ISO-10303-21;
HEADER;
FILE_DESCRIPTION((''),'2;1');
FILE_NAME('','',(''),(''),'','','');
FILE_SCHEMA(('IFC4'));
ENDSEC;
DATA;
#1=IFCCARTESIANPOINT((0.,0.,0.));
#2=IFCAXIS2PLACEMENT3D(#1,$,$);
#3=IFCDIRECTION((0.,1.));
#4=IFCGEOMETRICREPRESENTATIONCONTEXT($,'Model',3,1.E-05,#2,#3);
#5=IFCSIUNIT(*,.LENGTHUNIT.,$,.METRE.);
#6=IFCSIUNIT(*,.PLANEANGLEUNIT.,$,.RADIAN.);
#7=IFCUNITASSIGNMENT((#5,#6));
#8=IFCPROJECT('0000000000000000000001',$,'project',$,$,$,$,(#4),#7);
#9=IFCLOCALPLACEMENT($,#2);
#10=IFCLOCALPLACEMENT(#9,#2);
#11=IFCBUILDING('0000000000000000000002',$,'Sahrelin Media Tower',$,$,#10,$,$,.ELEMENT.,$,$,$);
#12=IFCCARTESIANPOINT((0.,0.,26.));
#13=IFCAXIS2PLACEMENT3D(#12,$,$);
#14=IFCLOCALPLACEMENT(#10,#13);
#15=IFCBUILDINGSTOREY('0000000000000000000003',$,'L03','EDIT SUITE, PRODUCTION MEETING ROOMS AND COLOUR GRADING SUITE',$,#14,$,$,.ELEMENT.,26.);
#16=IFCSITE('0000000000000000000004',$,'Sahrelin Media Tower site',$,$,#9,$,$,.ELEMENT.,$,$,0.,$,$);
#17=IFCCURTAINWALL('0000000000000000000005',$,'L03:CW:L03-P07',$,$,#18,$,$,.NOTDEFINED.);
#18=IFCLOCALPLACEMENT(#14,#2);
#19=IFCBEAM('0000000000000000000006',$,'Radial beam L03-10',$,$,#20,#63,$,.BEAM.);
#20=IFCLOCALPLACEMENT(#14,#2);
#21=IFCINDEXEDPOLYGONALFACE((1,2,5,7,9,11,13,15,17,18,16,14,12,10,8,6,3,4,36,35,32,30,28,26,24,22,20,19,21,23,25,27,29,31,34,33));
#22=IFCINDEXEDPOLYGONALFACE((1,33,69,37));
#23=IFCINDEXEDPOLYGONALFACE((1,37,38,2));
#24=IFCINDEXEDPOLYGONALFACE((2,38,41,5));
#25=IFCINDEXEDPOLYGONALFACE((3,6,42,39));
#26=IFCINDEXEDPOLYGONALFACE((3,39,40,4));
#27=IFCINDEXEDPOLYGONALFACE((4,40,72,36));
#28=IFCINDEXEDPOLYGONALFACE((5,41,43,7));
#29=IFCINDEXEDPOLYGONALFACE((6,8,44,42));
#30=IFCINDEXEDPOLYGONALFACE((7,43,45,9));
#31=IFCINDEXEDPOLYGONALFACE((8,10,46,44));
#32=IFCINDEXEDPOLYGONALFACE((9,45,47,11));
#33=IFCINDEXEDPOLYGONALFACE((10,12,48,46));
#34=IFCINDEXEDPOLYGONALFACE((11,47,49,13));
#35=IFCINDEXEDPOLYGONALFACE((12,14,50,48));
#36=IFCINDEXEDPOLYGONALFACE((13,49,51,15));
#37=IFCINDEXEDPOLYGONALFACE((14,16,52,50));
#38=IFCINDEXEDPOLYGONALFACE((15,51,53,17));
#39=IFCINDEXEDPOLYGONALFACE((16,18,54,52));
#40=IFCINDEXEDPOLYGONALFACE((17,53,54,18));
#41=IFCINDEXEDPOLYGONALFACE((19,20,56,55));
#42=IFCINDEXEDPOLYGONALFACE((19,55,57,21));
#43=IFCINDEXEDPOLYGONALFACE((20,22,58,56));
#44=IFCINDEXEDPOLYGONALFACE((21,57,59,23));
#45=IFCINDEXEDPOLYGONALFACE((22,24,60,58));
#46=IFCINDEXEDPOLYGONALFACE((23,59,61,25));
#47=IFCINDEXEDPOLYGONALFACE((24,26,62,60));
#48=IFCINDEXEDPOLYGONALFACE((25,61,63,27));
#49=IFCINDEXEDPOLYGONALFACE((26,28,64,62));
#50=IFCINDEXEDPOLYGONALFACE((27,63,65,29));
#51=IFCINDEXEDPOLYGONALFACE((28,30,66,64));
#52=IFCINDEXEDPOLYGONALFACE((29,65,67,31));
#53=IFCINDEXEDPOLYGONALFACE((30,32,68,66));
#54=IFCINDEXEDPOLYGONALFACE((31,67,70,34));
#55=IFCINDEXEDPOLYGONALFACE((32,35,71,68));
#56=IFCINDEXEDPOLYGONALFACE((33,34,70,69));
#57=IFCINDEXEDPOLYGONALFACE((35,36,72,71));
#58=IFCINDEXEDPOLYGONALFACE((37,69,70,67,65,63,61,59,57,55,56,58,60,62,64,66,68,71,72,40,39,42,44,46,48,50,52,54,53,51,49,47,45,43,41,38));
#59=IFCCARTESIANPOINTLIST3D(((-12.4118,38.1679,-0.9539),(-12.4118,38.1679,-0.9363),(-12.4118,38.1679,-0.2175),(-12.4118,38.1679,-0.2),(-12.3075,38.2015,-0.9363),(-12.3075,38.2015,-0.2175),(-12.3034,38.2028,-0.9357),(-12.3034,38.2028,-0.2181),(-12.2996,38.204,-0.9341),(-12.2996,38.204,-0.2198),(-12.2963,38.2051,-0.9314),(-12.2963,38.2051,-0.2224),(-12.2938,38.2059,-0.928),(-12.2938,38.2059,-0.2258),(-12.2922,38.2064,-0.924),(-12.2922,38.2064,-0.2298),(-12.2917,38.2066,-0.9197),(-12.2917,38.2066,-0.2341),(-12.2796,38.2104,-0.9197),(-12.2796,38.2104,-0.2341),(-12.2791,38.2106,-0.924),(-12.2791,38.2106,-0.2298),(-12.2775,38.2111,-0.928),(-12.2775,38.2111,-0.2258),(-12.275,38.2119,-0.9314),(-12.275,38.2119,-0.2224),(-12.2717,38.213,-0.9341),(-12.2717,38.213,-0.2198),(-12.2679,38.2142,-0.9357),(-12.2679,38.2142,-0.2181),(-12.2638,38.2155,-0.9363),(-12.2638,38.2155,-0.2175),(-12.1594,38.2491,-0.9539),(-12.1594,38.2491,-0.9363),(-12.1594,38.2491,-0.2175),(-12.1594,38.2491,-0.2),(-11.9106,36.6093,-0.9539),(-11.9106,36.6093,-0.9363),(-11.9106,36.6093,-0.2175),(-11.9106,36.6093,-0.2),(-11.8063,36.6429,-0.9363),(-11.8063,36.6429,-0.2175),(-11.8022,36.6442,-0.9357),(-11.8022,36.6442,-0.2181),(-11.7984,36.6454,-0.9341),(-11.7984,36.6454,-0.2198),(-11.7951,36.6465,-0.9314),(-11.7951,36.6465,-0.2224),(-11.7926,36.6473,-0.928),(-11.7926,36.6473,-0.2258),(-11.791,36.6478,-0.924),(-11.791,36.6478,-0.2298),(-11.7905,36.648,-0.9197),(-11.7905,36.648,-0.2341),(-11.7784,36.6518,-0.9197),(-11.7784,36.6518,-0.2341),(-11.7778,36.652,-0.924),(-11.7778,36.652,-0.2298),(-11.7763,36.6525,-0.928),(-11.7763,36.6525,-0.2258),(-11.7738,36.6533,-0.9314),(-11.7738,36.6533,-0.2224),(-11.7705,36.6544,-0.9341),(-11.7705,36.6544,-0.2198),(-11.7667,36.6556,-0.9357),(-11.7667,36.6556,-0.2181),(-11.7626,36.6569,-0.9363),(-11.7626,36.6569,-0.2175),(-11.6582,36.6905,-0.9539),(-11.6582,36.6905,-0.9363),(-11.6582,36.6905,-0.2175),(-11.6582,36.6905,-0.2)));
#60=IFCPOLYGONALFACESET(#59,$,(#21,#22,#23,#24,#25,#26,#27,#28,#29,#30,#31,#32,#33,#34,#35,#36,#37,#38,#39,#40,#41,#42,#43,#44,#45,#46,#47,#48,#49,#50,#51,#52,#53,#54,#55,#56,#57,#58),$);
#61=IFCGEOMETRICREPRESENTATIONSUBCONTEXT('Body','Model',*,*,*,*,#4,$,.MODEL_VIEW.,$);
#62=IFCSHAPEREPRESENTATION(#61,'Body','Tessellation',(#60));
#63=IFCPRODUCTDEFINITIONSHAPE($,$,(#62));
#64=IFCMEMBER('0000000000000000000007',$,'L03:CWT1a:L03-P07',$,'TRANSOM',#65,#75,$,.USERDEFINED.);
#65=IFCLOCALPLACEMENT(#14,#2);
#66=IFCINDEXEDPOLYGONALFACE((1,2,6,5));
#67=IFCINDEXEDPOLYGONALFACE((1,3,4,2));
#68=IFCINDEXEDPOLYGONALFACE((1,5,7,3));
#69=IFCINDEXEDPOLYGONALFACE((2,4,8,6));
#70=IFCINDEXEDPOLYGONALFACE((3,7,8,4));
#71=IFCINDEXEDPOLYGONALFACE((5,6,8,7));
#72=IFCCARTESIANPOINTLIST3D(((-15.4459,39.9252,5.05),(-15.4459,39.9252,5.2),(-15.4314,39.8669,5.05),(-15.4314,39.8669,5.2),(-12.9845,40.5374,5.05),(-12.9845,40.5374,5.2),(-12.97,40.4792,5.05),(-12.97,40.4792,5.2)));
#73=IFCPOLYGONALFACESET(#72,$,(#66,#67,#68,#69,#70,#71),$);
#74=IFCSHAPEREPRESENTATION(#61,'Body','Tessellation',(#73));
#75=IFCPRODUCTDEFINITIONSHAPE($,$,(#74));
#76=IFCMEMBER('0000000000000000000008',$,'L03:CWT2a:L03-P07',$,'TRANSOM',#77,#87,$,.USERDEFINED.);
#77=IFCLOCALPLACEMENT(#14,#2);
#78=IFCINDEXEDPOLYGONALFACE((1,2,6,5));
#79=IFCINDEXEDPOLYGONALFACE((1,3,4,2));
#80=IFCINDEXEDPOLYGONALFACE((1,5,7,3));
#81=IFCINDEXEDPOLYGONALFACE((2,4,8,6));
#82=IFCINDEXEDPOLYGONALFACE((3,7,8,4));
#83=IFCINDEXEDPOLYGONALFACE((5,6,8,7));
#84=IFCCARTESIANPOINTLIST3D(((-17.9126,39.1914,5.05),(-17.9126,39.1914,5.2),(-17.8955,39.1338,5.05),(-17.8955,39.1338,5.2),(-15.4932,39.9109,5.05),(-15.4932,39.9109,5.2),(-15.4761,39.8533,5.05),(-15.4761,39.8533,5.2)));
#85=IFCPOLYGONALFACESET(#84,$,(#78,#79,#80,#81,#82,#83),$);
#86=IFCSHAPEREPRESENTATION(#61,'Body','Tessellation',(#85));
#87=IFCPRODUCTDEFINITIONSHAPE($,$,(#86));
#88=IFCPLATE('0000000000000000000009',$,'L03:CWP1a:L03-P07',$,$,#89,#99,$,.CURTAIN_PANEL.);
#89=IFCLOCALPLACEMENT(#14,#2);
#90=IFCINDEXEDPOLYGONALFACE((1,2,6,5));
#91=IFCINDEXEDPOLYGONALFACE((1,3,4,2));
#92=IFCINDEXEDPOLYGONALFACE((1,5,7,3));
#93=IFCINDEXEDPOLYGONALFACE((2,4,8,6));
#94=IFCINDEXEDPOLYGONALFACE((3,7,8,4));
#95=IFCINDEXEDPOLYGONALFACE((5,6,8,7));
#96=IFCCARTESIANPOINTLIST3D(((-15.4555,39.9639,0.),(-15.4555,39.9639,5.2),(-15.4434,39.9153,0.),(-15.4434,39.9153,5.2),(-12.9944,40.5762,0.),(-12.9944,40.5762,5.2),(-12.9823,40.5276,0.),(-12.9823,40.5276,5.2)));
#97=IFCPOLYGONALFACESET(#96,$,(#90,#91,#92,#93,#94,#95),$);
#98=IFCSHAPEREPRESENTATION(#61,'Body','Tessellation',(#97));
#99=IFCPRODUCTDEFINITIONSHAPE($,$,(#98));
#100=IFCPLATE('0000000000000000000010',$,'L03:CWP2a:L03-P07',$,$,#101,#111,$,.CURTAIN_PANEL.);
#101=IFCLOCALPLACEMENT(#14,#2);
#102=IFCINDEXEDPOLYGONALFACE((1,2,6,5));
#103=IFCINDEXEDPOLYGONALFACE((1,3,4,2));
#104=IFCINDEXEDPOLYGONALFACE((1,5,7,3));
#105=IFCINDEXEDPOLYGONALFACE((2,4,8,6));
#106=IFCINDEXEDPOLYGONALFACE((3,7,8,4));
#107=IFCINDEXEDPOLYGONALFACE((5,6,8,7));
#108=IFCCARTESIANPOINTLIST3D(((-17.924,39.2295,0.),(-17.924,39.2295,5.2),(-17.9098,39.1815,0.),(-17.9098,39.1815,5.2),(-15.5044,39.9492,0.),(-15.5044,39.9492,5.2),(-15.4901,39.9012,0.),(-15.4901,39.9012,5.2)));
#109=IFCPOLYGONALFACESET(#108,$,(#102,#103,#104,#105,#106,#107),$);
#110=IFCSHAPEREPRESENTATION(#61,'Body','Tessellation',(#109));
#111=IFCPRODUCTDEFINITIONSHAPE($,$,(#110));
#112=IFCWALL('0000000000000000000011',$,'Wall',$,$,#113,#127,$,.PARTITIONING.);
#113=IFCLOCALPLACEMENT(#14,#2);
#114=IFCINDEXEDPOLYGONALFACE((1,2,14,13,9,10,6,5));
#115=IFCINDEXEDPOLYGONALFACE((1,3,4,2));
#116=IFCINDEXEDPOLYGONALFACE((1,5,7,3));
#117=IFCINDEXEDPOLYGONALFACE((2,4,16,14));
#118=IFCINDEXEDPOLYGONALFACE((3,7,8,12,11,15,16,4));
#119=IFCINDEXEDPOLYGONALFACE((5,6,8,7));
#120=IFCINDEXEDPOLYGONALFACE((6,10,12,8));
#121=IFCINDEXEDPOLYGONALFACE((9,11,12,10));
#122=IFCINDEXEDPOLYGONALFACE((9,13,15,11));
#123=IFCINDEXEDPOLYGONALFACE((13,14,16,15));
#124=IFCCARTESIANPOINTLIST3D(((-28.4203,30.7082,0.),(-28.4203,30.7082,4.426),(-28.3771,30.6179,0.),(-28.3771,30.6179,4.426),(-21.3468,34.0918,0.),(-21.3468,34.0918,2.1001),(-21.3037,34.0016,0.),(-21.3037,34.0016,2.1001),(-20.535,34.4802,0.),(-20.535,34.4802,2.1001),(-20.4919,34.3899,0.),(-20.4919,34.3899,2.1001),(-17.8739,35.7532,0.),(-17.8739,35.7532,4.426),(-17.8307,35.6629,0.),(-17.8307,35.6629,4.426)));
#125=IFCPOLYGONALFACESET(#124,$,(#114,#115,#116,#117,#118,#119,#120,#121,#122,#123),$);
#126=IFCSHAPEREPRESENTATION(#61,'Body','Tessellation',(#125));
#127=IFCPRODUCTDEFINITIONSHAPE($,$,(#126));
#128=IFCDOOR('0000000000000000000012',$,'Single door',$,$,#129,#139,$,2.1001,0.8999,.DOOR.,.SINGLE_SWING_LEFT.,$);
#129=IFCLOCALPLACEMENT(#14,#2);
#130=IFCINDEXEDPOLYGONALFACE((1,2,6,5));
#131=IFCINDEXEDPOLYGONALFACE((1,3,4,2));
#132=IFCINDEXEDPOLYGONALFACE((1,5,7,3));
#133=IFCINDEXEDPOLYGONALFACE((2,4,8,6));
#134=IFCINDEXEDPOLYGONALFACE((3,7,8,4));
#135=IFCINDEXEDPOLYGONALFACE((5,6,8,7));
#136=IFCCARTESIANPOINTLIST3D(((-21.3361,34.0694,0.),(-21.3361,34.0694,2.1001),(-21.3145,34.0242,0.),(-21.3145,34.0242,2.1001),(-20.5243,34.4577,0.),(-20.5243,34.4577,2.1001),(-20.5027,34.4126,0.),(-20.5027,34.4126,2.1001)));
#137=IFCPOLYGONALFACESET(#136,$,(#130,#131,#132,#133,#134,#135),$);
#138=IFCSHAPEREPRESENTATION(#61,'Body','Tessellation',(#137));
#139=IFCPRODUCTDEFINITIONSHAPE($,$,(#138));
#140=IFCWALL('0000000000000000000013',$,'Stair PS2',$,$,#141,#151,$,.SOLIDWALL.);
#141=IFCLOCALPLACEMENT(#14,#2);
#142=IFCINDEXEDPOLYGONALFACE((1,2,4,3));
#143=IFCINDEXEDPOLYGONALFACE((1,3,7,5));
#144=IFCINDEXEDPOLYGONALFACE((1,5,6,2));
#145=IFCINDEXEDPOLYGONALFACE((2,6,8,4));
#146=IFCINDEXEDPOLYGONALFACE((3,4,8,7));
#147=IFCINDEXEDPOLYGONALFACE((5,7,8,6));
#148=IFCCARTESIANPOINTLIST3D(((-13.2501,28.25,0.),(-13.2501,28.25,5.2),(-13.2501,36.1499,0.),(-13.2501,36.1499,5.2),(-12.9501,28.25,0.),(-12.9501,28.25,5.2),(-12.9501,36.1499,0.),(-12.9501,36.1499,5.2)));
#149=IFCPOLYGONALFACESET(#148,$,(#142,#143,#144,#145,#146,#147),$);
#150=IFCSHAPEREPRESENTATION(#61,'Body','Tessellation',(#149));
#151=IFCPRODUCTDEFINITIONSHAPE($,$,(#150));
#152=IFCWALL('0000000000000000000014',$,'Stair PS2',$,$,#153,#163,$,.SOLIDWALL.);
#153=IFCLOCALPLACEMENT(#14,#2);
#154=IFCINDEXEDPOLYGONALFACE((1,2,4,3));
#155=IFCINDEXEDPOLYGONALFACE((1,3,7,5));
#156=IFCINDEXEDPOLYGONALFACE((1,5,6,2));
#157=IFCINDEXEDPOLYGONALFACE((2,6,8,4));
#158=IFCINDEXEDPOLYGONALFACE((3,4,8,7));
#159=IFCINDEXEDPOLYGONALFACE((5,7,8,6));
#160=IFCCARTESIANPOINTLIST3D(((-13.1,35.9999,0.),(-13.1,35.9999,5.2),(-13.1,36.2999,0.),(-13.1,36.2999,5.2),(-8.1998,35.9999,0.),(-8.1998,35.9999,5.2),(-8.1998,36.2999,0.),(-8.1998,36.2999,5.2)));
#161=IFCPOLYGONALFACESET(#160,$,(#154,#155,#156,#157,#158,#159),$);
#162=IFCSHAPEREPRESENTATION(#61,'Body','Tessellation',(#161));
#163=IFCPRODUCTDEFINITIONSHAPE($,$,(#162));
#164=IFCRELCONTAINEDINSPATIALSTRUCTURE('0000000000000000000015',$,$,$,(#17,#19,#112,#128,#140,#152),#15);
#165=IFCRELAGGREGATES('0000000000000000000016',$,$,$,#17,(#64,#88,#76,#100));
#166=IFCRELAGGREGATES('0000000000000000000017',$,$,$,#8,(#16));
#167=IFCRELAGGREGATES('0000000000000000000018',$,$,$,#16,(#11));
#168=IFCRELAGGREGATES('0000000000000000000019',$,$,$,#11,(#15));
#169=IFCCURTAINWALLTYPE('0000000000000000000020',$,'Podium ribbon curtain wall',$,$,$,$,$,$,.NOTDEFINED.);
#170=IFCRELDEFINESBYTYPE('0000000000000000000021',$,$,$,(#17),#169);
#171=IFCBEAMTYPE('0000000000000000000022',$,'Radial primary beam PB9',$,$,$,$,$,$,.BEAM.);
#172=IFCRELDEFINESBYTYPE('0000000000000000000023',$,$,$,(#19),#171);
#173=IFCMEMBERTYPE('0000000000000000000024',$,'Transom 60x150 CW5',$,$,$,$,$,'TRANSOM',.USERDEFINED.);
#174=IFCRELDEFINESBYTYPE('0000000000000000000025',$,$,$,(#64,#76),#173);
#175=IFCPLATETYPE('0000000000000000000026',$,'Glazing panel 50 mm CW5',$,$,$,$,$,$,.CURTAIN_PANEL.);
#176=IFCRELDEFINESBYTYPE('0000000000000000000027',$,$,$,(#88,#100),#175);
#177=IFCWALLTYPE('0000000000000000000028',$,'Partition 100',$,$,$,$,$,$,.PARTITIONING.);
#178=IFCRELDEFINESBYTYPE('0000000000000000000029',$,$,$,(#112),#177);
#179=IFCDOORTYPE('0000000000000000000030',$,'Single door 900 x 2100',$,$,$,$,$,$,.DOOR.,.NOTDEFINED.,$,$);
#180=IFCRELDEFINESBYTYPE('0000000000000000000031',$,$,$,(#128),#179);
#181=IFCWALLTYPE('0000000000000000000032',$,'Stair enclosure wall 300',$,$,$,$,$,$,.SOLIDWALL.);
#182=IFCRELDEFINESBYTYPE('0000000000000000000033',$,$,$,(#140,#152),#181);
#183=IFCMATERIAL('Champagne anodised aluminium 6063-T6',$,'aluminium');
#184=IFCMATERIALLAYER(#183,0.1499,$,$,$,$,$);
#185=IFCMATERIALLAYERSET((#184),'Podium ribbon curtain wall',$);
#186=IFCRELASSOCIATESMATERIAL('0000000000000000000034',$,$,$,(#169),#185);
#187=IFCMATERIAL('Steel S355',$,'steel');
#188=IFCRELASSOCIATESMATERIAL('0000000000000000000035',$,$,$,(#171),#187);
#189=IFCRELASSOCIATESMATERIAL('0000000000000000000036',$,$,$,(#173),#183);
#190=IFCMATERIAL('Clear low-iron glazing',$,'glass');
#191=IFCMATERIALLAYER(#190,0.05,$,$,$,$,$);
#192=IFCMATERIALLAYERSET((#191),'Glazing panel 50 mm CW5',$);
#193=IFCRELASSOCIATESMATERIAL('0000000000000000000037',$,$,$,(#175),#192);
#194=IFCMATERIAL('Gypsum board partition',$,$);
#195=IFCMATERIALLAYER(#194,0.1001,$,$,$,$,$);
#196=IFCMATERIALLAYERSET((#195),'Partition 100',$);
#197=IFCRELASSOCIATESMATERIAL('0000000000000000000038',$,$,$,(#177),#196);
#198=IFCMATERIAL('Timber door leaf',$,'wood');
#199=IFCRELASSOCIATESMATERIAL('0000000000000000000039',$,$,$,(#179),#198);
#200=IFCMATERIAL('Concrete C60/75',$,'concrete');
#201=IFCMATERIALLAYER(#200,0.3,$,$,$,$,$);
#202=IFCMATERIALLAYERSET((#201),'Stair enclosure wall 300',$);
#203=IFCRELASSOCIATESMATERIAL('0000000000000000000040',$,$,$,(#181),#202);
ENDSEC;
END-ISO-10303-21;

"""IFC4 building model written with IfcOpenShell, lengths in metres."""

from ifc_helpers import new_model, si_unit, direction, frame, frame_2d, origin, origin_2d, place, context, subcontext, project, spatial, polyline, rectangle, i_section, outline, extrude, material, layer, layer_set, material_profile, profile_set, type_object, element, fill, aggregate, save


model = new_model("IFC4")

# Units and contexts
model_context = context("Model", 3, precision=1e-05, world=origin(), true_north=direction((0.0, 1.0)))
body_context = subcontext(model_context, "Body", "Model", "MODEL_VIEW")
ifc_project = project(units=[si_unit("LENGTHUNIT", "METRE"), si_unit("PLANEANGLEUNIT", "RADIAN")], contexts=[model_context])

# Site, building, storey
site_placement = place(None, origin())
site = spatial("IfcSite", under=ifc_project, at=site_placement, Name="Sahrelin Media Tower site", CompositionType="ELEMENT", RefElevation=0.0)
building_placement = place(site_placement, origin())
building = spatial("IfcBuilding", under=site, at=building_placement, Name="Sahrelin Media Tower", CompositionType="ELEMENT")
storey_placement = place(building_placement, frame((0.0, 0.0, 26.0)))
storey = spatial("IfcBuildingStorey", under=building, at=storey_placement, Name="L03", Description="EDIT SUITE, PRODUCTION MEETING ROOMS AND COLOUR GRADING SUITE", CompositionType="ELEMENT", Elevation=26.0)

# Shared definitions
ifc_material_1 = material(Name="Steel S355", Category="steel")

# Curtain wall
ifc_material_2 = material(Name="Champagne anodised aluminium 6063-T6", Category="aluminium")
ifc_layer_1 = layer(ifc_material_2, 0.1499)
ifc_layer_set_1 = layer_set([ifc_layer_1], Name="Podium ribbon curtain wall")
curtain_wall_type = type_object("IfcCurtainWallType", Name="Podium ribbon curtain wall", PredefinedType="NOTDEFINED", material=ifc_layer_set_1)
curtain_wall_placement = place(storey_placement, frame((-12.9409, 40.5688, 0.0), z_axis=(0.0, 0.0, 1.0), x_axis=(1.0, 0.0, 0.0)))
curtain_wall = element("IfcCurtainWall", 1, at=curtain_wall_placement, inside=storey, type_object=curtain_wall_type, Name="L03:CW:L03-P07", PredefinedType="NOTDEFINED")

# Beam
ifc_material_profile_1 = material_profile(ifc_material_1, i_section(OverallWidth=0.2651, OverallDepth=0.7539, WebThickness=0.0127, FlangeThickness=0.0176, FilletRadius=0.0166, at=origin_2d()), Name="UB 762x267x147")
ifc_profile_set_1 = profile_set([ifc_material_profile_1], Name="Steel S355")
beam_type_1 = type_object("IfcBeamType", Name="Radial primary beam PB9", PredefinedType="BEAM", material=ifc_profile_set_1)
beam_1_placement = place(storey_placement, frame((-11.7844, 36.6499, -0.5769), z_axis=(-0.306144, 0.951985, 0.0), x_axis=(-0.951985, -0.306144, 0.0)))
element("IfcBeam", 2, at=beam_1_placement, inside=storey, type_object=beam_type_1, Name="Radial beam L03-10", PredefinedType="BEAM", context=body_context, shape_type="SweptSolid", body=[
    extrude(i_section(OverallWidth=0.2651, OverallDepth=0.7539, WebThickness=0.0127, FlangeThickness=0.0176, FilletRadius=0.0166, at=origin_2d()), origin(), (0.0, 0.0, 1.0), 1.6372),
])

# Members
ifc_material_profile_2 = material_profile(ifc_material_2, rectangle(XDim=0.0601, YDim=0.1499, at=origin_2d()), Name="Transom 60x150")
ifc_profile_set_2 = profile_set([ifc_material_profile_2], Name="Champagne anodised aluminium 6063-T6")
member_type_1 = type_object("IfcMemberType", Name="Transom 60x150 CW5", ElementType="TRANSOM", PredefinedType="USERDEFINED", material=ifc_profile_set_2)
member_1_placement = place(storey_placement, frame((-12.9773, 40.5083, 5.125), z_axis=(-0.970425, -0.241403, 0.0), x_axis=(0.241403, -0.970425, 0.0)))
member_1 = element("IfcMember", 3, at=member_1_placement, type_object=member_type_1, Name="L03:CWT1a:L03-P07", ObjectType="TRANSOM", PredefinedType="USERDEFINED", context=body_context, shape_type="SweptSolid", body=[
    extrude(rectangle(XDim=0.0601, YDim=0.1499, at=origin_2d()), origin(), (0.0, 0.0, 1.0), 2.5364),
])
member_2_placement = place(storey_placement, frame((-15.4846, 39.8821, 5.125), z_axis=(-0.958516, -0.28504, 0.0), x_axis=(0.28504, -0.958516, 0.0)))
member_2 = element("IfcMember", 4, at=member_2_placement, type_object=member_type_1, Name="L03:CWT2a:L03-P07", ObjectType="TRANSOM", PredefinedType="USERDEFINED", context=body_context, shape_type="SweptSolid", body=[
    extrude(rectangle(XDim=0.0601, YDim=0.1499, at=origin_2d()), origin(), (0.0, 0.0, 1.0), 2.5242),
])

# Plates
ifc_material_3 = material(Name="Clear low-iron glazing", Category="glass")
ifc_layer_2 = layer(ifc_material_3, 0.05)
ifc_layer_set_2 = layer_set([ifc_layer_2], Name="Glazing panel 50 mm CW5")
plate_type = type_object("IfcPlateType", Name="Glazing panel 50 mm CW5", PredefinedType="CURTAIN_PANEL", material=ifc_layer_set_2)
plate_1_placement = place(storey_placement, frame((-12.9944, 40.5762, 0.0), z_axis=(-0.241426, 0.970419, 0.0), x_axis=(-0.970419, -0.241426, 0.0)))
plate_1 = element("IfcPlate", 5, at=plate_1_placement, type_object=plate_type, Name="L03:CWP1a:L03-P07", PredefinedType="CURTAIN_PANEL", context=body_context, shape_type="SweptSolid", body=[
    extrude(outline(polyline([(0.0, 0.0), (2.5361, 0.0), (2.5361, 5.2), (0.0, 5.2), (0.0, 0.0)])), origin(), (0.0, 0.0, -1.0), 0.05),
])
plate_2_placement = place(storey_placement, frame((-15.5044, 39.9492, 0.0), z_axis=(-0.285102, 0.958497, 0.0), x_axis=(-0.958497, -0.285102, 0.0)))
plate_2 = element("IfcPlate", 6, at=plate_2_placement, type_object=plate_type, Name="L03:CWP2a:L03-P07", PredefinedType="CURTAIN_PANEL", context=body_context, shape_type="SweptSolid", body=[
    extrude(outline(polyline([(0.0, 0.0), (2.5244, 0.0), (2.5244, 5.2), (0.0, 5.2), (0.0, 0.0)])), origin(), (0.0, 0.0, -1.0), 0.05),
])
aggregate(curtain_wall, [member_1, plate_1, member_2, plate_2])

# Wall, opening, door
ifc_material_4 = material(Name="Gypsum board partition")
ifc_layer_3 = layer(ifc_material_4, 0.1001)
ifc_layer_set_3 = layer_set([ifc_layer_3], Name="Partition 100")
wall_type_1 = type_object("IfcWallType", Name="Partition 100", PredefinedType="PARTITIONING", material=ifc_layer_set_3)
wall_1_placement = place(storey_placement, frame((-17.8523, 35.708, 0.0), z_axis=(0.0, 0.0, 1.0), x_axis=(-0.902101, -0.431525, 0.0)))
wall_1 = element("IfcWall", 7, at=wall_1_placement, inside=storey, type_object=wall_type_1, Name="Wall", PredefinedType="PARTITIONING", context=body_context, shape_type="SweptSolid", body=[
    extrude(rectangle(XDim=11.6909, YDim=0.1001, at=frame_2d((5.8455, 0.0))), origin(), (0.0, 0.0, 1.0), 4.426),
])
opening_placement = place(wall_1_placement, frame((2.95, 0.0, 0.0)))
opening = element("IfcOpeningElement", 8, at=opening_placement, cuts=wall_1, PredefinedType="OPENING", context=body_context, shape_type="SweptSolid", body=[
    extrude(rectangle(XDim=0.8999, YDim=2.1001, at=frame_2d((0.45, 1.05))), frame((0.0, 0.05, 0.0), z_axis=(0.0, -1.0, 0.0), x_axis=(1.0, 0.0, 0.0)), (0.0, 0.0, 1.0), 0.1001),
])
ifc_material_5 = material(Name="Timber door leaf", Category="wood")
door_type = type_object("IfcDoorType", Name="Single door 900 x 2100", OperationType="NOTDEFINED", PredefinedType="DOOR", material=ifc_material_5)
door_placement = place(opening_placement, origin())
door = element("IfcDoor", 9, at=door_placement, inside=storey, type_object=door_type, Name="Single door", OperationType="SINGLE_SWING_LEFT", OverallHeight=2.1001, OverallWidth=0.8999, PredefinedType="DOOR", context=body_context, shape_type="SweptSolid", body=[
    extrude(rectangle(XDim=0.8999, YDim=2.1001, at=frame_2d((0.45, 1.05))), frame((0.0, 0.0249, 0.0), z_axis=(0.0, -1.0, 0.0), x_axis=(1.0, 0.0, 0.0)), (0.0, 0.0, 1.0), 0.05),
])
fill(opening, door)

# Walls
ifc_material_6 = material(Name="Concrete C60/75", Category="concrete")
ifc_layer_4 = layer(ifc_material_6, 0.3)
ifc_layer_set_4 = layer_set([ifc_layer_4], Name="Stair enclosure wall 300")
wall_type_2 = type_object("IfcWallType", Name="Stair enclosure wall 300", PredefinedType="SOLIDWALL", material=ifc_layer_set_4)
wall_2_placement = place(storey_placement, frame((-13.1001, 28.25, 0.0), z_axis=(0.0, 0.0, 1.0), x_axis=(0.0, 1.0, 0.0)))
element("IfcWall", 10, at=wall_2_placement, inside=storey, type_object=wall_type_2, Name="Stair PS2", PredefinedType="SOLIDWALL", context=body_context, shape_type="SweptSolid", body=[
    extrude(rectangle(XDim=7.8999, YDim=0.3, at=frame_2d((3.95, 0.0))), origin(), (0.0, 0.0, 1.0), 5.2),
])
wall_3_placement = place(storey_placement, frame((-13.1001, 36.1499, 0.0), z_axis=(0.0, 0.0, 1.0), x_axis=(1.0, 0.0, 0.0)))
element("IfcWall", 11, at=wall_3_placement, inside=storey, type_object=wall_type_2, Name="Stair PS2", PredefinedType="SOLIDWALL", context=body_context, shape_type="SweptSolid", body=[
    extrude(rectangle(XDim=4.9001, YDim=0.3, at=frame_2d((2.4502, 0.0))), origin(), (0.0, 0.0, 1.0), 5.2),
])

save(model, "model.ifc")
